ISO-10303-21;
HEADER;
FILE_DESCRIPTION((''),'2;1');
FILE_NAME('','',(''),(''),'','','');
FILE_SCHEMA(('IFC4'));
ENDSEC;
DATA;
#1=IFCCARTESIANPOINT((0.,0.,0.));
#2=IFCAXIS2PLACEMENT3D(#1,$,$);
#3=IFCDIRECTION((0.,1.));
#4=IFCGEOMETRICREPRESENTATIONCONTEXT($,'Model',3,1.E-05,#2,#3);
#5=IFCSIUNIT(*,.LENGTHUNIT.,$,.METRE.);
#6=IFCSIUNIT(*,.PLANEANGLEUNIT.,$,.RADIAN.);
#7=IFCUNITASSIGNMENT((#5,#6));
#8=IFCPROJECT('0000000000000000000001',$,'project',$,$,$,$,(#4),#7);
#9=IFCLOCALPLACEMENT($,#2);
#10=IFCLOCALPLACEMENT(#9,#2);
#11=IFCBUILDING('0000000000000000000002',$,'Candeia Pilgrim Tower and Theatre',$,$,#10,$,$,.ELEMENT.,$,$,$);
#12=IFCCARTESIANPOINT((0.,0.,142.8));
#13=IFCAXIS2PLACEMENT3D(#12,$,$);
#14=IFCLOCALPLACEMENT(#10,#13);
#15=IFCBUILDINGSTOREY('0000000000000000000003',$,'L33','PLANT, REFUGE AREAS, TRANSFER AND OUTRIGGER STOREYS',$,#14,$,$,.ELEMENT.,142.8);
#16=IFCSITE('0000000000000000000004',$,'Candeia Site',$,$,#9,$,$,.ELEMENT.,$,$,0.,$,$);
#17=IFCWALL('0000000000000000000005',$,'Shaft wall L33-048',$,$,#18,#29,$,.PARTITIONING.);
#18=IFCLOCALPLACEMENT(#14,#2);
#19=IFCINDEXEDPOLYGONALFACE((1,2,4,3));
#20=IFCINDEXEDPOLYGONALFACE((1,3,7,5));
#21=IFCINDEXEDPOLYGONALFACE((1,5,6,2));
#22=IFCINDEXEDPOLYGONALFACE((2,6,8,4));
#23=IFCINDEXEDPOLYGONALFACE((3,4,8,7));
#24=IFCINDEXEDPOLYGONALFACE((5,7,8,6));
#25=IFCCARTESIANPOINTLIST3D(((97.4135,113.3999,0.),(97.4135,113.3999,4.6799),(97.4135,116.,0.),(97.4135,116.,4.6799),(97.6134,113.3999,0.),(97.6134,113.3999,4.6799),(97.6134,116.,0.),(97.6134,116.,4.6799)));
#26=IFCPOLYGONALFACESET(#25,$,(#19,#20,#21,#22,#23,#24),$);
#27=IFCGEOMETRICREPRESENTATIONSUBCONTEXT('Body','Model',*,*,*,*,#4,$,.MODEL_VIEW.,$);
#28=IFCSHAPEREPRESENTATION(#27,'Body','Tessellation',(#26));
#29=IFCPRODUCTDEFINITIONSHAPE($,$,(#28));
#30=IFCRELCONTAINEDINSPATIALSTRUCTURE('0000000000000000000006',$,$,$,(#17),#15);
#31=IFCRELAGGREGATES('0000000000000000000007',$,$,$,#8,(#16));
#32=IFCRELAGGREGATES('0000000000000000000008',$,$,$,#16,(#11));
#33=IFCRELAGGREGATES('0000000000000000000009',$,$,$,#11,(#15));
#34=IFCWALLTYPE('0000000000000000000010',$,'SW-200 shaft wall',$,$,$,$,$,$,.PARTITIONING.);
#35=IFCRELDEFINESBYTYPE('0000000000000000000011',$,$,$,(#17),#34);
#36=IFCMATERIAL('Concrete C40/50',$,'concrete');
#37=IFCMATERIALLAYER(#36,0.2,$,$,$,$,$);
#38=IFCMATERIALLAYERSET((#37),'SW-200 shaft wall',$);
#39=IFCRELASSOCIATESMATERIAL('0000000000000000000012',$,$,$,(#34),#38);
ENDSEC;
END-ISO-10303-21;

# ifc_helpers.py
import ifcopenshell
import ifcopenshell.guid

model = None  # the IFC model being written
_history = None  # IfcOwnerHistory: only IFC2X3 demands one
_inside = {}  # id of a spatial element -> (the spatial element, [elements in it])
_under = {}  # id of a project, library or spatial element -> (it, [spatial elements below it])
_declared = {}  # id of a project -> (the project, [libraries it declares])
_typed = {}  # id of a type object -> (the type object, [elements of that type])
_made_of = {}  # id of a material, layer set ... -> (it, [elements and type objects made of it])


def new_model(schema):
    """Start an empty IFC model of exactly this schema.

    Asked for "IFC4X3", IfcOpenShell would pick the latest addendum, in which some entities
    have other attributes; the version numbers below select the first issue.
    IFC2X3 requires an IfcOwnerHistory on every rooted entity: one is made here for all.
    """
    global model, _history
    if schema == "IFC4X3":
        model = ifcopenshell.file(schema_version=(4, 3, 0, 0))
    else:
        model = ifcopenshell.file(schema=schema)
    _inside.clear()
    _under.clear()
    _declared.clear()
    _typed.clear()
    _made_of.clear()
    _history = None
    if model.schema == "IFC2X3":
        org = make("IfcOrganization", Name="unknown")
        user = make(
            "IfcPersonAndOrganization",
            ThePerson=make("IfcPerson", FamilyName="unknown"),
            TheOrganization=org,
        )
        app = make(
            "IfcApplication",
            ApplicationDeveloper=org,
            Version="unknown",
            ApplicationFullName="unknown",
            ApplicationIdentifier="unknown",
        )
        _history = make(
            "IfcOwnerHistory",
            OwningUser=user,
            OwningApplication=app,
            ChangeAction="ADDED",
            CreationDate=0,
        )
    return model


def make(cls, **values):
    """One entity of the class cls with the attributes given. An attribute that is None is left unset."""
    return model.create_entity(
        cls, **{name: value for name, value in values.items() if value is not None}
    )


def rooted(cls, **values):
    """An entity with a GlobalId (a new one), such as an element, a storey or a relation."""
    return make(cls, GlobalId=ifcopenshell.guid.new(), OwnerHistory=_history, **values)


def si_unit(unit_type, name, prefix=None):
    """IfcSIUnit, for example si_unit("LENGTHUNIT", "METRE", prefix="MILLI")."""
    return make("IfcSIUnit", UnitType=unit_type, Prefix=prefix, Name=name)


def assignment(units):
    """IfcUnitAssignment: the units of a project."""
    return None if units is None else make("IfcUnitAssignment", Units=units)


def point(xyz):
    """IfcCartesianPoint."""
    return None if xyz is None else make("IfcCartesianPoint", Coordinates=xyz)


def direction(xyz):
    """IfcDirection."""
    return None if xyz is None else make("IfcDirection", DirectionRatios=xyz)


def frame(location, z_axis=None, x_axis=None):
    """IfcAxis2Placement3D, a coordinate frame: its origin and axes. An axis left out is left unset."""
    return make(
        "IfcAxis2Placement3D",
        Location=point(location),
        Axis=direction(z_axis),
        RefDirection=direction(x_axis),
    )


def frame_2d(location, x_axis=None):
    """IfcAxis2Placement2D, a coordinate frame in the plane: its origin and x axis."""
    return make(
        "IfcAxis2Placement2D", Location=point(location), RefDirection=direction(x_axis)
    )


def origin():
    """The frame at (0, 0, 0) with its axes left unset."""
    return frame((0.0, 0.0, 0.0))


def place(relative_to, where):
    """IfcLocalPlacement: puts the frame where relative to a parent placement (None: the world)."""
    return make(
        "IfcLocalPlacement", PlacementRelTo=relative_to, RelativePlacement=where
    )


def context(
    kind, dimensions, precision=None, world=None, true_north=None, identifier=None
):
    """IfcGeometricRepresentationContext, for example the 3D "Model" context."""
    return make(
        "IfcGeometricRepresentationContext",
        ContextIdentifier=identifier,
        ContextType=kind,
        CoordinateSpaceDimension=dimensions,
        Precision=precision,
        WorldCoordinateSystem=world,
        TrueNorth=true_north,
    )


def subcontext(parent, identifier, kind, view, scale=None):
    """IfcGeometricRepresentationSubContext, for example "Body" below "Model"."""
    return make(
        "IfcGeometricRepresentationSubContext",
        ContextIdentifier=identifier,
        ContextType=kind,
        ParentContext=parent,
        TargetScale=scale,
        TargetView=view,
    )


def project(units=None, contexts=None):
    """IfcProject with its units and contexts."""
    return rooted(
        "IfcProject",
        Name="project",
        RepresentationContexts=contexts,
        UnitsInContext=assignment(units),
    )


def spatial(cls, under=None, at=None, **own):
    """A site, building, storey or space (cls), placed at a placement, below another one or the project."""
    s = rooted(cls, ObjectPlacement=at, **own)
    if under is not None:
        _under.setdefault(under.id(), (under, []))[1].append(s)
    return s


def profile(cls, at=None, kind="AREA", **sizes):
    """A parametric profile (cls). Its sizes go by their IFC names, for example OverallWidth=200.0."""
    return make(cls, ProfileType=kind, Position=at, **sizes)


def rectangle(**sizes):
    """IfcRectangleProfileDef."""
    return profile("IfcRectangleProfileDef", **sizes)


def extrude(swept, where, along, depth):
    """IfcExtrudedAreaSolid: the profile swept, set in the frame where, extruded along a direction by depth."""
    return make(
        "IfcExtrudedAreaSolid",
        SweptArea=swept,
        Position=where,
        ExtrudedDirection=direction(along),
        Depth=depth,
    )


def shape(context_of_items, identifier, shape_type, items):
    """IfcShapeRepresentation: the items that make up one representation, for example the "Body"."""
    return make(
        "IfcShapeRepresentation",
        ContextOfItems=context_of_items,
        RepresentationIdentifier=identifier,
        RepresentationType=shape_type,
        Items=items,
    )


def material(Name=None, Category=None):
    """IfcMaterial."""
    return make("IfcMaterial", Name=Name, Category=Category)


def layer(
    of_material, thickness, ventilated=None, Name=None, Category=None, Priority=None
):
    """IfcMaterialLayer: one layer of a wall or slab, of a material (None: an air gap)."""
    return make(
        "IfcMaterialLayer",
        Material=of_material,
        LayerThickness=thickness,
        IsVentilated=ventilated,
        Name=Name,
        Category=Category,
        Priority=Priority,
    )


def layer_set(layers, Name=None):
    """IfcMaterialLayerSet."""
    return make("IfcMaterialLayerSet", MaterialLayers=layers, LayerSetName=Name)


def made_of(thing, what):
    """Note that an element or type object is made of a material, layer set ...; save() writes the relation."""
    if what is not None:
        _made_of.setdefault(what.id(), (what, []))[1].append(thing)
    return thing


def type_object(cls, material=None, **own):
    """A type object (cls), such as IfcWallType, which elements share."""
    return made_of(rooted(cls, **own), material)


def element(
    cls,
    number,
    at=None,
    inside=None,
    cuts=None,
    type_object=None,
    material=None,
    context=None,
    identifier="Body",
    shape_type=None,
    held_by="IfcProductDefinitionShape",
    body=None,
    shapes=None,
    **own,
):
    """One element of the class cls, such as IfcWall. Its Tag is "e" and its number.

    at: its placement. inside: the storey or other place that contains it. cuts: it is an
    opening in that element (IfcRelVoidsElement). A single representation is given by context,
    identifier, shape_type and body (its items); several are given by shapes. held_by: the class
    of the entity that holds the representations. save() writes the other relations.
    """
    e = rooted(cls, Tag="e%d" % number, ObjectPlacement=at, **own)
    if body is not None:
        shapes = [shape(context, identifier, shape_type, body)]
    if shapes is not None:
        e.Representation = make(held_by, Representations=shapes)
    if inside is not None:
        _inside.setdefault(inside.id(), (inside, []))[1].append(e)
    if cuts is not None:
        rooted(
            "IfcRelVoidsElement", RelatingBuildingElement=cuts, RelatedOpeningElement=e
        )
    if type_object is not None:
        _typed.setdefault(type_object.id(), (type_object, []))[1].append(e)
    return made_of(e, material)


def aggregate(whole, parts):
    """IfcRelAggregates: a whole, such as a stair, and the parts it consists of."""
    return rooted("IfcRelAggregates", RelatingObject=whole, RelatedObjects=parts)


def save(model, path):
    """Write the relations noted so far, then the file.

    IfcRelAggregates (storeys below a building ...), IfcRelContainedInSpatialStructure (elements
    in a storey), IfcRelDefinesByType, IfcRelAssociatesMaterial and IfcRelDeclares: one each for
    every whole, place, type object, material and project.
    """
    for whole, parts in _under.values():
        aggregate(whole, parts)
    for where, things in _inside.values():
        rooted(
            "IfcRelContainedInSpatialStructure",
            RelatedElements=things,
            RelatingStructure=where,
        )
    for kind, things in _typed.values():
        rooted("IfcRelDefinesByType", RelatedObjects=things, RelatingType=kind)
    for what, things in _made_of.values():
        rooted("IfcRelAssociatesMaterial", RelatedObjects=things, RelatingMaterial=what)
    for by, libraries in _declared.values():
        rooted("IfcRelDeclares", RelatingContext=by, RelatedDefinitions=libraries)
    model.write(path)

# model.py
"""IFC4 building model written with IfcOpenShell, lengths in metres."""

from ifc_helpers import new_model, si_unit, direction, frame, frame_2d, origin, place, context, subcontext, project, spatial, rectangle, extrude, material, layer, layer_set, type_object, element, save


model = new_model("IFC4")

# Units and contexts
model_context = context("Model", 3, precision=1e-05, world=origin(), true_north=direction((0.0, 1.0)))
body_context = subcontext(model_context, "Body", "Model", "MODEL_VIEW")
ifc_project = project(units=[si_unit("LENGTHUNIT", "METRE"), si_unit("PLANEANGLEUNIT", "RADIAN")], contexts=[model_context])

# Site, building, storey
site_placement = place(None, origin())
site = spatial("IfcSite", under=ifc_project, at=site_placement, Name="Candeia Site", CompositionType="ELEMENT", RefElevation=0.0)
building_placement = place(site_placement, origin())
building = spatial("IfcBuilding", under=site, at=building_placement, Name="Candeia Pilgrim Tower and Theatre", CompositionType="ELEMENT")
storey_placement = place(building_placement, frame((0.0, 0.0, 142.8)))
storey = spatial("IfcBuildingStorey", under=building, at=storey_placement, Name="L33", Description="PLANT, REFUGE AREAS, TRANSFER AND OUTRIGGER STOREYS", CompositionType="ELEMENT", Elevation=142.8)

# Shared definitions
ifc_material_1 = material(Name="Concrete C40/50", Category="concrete")
ifc_layer_1 = layer(ifc_material_1, 0.2)
ifc_layer_set_1 = layer_set([ifc_layer_1], Name="SW-200 shaft wall")
wall_type_1 = type_object("IfcWallType", Name="SW-200 shaft wall", PredefinedType="PARTITIONING", material=ifc_layer_set_1)

# Wall
wall_1_placement = place(storey_placement, frame((97.5134, 113.3999, 0.0), z_axis=(0.0, 0.0, 1.0), x_axis=(0.0, 1.0, 0.0)))
element("IfcWall", 1, at=wall_1_placement, inside=storey, type_object=wall_type_1, Name="Shaft wall L33-048", PredefinedType="PARTITIONING", context=body_context, shape_type="SweptSolid", body=[
    extrude(rectangle(XDim=2.6001, YDim=0.2, at=frame_2d((1.3, 0.0))), origin(), (0.0, 0.0, 1.0), 4.6799),
])

save(model, "model.ifc")
